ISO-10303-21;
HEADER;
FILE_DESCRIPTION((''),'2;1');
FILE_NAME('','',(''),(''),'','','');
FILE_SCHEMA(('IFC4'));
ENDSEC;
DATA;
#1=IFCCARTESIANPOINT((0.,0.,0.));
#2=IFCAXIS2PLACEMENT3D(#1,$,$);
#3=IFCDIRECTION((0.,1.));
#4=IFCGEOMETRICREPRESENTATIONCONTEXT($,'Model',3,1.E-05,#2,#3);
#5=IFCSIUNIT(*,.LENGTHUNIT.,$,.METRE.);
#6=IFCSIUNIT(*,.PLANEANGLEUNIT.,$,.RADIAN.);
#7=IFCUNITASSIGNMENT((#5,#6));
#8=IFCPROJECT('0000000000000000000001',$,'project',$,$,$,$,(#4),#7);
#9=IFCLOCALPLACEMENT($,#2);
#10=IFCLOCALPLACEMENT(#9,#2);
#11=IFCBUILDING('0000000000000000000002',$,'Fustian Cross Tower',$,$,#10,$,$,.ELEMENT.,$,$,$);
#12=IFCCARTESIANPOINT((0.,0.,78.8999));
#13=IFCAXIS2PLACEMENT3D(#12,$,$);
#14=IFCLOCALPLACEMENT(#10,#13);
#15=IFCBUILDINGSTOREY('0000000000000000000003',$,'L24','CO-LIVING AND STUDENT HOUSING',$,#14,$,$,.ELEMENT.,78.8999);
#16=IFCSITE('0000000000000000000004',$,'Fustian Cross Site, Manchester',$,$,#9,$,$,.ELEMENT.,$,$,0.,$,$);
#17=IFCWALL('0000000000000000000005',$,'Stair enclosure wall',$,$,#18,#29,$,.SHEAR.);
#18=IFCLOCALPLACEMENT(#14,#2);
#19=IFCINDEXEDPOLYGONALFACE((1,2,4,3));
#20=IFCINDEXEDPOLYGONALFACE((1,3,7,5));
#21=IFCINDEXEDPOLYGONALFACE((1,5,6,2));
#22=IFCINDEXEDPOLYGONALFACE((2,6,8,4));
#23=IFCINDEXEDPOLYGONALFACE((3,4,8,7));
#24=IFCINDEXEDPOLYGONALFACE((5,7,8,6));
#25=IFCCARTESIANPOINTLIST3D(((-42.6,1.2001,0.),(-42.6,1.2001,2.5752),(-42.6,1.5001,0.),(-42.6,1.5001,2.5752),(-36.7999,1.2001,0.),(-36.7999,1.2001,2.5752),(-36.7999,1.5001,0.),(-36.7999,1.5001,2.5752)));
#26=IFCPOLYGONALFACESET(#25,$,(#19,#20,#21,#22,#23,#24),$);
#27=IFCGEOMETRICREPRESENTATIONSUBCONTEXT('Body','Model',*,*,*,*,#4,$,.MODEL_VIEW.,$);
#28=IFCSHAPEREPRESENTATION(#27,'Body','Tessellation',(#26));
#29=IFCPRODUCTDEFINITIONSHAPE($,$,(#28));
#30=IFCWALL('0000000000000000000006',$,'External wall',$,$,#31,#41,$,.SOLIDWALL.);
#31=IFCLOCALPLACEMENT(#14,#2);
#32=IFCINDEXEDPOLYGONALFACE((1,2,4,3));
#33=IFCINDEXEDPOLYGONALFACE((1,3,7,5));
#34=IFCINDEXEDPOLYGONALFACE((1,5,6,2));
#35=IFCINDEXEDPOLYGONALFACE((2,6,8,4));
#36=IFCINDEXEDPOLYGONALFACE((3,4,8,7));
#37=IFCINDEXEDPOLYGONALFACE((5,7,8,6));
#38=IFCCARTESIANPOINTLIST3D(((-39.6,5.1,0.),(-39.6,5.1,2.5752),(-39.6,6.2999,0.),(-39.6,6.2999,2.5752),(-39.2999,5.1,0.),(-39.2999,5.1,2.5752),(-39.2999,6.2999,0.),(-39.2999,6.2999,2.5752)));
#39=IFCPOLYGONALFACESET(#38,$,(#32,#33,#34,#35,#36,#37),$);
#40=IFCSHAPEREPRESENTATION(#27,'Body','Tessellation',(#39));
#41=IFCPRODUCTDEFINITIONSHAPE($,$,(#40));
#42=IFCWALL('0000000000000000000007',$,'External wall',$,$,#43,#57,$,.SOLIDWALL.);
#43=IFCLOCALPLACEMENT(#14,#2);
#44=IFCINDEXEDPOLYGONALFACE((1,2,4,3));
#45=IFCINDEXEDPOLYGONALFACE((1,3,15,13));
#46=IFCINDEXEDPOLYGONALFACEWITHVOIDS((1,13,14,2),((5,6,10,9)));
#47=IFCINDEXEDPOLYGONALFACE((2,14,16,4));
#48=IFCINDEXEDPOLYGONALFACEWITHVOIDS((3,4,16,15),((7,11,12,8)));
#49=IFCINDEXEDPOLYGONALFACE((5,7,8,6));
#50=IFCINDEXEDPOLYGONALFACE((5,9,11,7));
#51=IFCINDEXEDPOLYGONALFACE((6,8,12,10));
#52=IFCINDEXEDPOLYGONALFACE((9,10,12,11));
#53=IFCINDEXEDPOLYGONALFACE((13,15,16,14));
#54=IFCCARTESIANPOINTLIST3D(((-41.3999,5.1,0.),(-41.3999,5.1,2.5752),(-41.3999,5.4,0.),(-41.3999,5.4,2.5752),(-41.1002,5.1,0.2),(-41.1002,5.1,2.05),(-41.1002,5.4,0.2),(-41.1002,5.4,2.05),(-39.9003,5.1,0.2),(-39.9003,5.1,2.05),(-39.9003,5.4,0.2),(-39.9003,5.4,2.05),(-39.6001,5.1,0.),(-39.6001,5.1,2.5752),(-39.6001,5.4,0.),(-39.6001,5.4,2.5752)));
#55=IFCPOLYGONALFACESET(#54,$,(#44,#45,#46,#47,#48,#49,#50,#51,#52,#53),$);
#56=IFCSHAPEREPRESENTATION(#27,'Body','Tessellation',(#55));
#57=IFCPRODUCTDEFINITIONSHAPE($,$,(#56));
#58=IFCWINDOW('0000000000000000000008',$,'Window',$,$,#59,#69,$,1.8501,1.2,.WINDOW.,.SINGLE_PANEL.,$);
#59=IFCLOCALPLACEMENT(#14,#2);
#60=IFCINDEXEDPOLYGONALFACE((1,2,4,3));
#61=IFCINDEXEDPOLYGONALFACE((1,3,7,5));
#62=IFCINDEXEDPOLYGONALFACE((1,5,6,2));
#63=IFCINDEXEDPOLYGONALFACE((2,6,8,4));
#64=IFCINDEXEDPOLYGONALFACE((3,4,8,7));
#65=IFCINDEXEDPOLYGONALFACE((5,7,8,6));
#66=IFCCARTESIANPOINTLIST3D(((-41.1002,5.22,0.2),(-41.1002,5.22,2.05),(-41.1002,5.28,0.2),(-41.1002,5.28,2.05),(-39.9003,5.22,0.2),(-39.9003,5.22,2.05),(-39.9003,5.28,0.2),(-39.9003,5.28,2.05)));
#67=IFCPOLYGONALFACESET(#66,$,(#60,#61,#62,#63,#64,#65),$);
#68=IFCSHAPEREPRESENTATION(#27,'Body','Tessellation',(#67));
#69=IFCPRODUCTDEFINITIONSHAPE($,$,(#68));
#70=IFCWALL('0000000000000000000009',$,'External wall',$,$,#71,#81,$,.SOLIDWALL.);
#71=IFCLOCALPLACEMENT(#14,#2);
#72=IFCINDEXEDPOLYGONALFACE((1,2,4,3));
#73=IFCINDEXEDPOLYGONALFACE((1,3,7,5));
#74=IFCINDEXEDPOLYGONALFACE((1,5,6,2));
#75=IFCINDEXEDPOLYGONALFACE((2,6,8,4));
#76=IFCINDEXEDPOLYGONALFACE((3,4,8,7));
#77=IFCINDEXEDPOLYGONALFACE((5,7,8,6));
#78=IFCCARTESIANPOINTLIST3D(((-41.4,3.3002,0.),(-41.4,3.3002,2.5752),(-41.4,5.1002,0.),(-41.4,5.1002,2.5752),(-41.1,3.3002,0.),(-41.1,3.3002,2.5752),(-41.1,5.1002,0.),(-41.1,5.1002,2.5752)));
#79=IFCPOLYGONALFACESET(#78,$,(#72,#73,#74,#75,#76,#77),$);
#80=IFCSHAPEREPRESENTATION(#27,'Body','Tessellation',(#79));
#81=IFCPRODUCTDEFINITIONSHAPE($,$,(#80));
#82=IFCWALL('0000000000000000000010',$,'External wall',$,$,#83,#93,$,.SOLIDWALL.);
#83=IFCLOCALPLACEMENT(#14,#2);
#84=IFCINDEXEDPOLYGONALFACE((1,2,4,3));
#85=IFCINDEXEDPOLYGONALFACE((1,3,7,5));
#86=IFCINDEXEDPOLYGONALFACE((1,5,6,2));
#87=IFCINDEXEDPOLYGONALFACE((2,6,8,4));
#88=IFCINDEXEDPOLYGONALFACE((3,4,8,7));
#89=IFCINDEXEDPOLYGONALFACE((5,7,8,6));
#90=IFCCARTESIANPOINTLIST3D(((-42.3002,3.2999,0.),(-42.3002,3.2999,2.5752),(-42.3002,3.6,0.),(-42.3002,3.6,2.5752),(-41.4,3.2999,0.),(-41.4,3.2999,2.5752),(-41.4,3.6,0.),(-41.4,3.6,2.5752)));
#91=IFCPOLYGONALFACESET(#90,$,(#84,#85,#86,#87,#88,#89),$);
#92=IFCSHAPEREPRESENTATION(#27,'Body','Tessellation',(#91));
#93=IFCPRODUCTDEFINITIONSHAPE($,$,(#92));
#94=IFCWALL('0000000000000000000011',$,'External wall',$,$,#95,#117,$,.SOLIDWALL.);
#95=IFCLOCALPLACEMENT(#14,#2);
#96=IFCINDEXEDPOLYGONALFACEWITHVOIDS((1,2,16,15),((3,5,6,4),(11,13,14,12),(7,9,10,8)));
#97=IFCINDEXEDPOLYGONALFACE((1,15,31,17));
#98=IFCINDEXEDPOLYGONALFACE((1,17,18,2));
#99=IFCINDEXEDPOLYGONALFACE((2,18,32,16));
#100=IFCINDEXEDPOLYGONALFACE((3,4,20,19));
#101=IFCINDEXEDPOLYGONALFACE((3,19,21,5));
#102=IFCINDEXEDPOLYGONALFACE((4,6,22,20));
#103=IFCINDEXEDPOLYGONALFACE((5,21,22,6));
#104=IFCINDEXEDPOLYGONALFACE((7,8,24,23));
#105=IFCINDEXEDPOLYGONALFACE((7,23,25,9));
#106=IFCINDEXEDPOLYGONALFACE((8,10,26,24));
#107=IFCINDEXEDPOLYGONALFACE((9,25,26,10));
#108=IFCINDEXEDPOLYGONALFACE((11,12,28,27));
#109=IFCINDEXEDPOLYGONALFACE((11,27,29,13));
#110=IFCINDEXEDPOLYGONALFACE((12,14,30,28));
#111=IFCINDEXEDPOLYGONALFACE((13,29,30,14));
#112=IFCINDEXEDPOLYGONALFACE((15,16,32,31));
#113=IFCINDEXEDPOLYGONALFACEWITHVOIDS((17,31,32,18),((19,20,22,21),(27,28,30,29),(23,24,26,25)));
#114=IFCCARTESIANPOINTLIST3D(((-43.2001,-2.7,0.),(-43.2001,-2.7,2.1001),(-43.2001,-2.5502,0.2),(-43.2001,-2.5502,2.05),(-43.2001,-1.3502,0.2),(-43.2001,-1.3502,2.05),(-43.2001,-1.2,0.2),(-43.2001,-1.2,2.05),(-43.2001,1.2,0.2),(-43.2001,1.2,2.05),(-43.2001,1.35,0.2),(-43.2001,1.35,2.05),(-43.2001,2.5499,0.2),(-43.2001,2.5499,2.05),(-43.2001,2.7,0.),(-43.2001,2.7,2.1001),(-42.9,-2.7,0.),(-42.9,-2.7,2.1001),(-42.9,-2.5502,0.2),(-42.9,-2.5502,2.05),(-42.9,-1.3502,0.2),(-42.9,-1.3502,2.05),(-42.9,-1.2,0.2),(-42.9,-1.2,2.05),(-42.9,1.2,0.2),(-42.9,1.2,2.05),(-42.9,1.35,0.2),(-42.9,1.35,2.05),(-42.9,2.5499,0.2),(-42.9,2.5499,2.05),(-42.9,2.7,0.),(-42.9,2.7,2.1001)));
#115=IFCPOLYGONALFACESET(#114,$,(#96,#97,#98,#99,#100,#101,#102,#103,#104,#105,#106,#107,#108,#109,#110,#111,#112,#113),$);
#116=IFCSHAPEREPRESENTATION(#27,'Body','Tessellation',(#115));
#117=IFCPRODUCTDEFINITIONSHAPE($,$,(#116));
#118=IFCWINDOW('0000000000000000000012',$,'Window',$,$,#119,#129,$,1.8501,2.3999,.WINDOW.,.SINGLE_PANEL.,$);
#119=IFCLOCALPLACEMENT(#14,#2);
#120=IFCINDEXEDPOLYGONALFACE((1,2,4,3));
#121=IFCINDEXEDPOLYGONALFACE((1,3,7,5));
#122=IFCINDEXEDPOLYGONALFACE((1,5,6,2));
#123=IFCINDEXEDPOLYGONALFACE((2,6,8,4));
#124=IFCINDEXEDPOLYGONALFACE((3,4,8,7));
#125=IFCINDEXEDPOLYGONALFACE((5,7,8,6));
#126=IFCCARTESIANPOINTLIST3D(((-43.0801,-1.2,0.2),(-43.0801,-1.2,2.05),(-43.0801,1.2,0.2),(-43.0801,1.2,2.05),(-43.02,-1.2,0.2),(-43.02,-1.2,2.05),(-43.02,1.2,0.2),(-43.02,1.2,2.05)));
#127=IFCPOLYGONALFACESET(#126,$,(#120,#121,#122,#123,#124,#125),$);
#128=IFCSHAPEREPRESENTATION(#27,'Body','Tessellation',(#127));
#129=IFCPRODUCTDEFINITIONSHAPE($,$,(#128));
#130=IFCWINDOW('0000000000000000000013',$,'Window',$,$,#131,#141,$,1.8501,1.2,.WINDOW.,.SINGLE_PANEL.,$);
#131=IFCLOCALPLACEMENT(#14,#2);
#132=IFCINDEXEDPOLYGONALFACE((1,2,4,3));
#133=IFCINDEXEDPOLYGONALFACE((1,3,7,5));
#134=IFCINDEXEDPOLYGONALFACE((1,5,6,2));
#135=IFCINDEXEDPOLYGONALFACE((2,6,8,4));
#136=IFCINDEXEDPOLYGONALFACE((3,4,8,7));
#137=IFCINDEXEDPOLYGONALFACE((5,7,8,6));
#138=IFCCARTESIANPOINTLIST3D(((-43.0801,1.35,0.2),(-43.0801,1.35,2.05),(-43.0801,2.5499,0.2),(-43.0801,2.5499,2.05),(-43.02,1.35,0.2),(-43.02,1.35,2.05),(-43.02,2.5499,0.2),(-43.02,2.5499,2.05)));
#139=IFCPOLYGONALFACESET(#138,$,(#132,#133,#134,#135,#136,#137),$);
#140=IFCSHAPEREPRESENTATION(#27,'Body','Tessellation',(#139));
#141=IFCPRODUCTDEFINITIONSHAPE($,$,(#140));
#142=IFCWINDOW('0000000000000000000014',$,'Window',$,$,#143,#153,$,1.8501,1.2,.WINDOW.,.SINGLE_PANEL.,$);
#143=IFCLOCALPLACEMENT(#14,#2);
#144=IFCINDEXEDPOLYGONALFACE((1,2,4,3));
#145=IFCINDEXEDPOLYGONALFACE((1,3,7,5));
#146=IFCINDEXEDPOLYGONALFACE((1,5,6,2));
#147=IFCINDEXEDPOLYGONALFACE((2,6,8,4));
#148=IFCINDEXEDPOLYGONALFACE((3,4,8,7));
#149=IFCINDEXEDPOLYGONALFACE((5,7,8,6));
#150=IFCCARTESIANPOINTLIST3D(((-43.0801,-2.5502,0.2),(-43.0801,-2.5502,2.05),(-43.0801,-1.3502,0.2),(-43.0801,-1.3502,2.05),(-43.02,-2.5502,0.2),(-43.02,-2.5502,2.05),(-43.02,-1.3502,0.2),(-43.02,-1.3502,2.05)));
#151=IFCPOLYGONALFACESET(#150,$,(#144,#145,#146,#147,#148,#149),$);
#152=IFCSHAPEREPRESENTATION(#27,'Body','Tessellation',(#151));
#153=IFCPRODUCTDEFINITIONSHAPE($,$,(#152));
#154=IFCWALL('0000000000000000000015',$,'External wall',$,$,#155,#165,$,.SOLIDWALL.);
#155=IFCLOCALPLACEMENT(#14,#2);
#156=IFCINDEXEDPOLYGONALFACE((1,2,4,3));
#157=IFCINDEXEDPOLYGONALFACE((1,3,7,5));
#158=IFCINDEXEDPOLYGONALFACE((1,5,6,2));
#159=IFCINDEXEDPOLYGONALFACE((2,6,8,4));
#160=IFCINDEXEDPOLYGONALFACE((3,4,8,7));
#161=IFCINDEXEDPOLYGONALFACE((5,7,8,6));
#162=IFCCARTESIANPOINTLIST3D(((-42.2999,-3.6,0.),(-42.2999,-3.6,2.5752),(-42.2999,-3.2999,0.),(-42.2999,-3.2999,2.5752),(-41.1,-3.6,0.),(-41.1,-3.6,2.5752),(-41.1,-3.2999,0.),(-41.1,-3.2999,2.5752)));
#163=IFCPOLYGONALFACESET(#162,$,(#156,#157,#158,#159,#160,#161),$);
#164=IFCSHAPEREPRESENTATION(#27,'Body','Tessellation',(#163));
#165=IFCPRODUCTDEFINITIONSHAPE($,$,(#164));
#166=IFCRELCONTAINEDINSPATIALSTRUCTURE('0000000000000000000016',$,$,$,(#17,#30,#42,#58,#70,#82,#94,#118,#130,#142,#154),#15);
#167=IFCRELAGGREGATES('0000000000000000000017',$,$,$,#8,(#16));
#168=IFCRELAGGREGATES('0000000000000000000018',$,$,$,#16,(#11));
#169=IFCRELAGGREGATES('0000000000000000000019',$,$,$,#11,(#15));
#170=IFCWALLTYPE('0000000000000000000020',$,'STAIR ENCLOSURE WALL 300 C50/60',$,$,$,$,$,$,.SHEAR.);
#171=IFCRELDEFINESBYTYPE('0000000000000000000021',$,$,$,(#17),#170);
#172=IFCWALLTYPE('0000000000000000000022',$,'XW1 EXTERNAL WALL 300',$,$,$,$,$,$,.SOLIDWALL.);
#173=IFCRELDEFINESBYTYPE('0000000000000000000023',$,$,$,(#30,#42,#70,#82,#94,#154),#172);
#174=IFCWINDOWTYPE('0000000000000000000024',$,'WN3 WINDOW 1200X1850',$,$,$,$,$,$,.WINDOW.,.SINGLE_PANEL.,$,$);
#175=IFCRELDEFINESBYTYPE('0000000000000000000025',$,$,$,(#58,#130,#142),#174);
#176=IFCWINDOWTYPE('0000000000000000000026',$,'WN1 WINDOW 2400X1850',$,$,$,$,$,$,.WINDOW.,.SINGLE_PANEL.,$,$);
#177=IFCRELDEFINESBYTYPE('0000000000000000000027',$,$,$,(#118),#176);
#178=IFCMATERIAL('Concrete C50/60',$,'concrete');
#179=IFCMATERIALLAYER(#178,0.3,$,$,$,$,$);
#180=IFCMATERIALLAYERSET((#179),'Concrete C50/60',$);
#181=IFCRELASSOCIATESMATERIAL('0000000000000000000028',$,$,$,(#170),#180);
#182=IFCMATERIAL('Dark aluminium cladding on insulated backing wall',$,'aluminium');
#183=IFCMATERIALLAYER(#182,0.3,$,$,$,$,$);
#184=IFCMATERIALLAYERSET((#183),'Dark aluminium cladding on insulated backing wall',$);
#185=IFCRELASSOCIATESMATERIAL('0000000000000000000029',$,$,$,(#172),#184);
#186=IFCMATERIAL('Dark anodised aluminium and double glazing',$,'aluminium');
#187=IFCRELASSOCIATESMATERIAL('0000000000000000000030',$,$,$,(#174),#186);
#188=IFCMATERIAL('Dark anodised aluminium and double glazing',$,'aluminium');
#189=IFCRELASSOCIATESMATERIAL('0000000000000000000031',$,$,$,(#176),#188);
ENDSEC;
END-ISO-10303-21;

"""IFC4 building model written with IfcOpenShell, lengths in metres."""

from ifc_helpers import new_model, si_unit, direction, frame, frame_2d, origin, place, context, subcontext, project, spatial, rectangle, extrude, material, layer, layer_set, type_object, element, fill, save


model = new_model("IFC4")

# Units and contexts
model_context = context("Model", 3, precision=1e-05, world=origin(), true_north=direction((0.0, 1.0)))
body_context = subcontext(model_context, "Body", "Model", "MODEL_VIEW")
ifc_project = project(units=[si_unit("LENGTHUNIT", "METRE"), si_unit("PLANEANGLEUNIT", "RADIAN")], contexts=[model_context])

# Site, building, storey
site_placement = place(None, origin())
site = spatial("IfcSite", under=ifc_project, at=site_placement, Name="Fustian Cross Site, Manchester", CompositionType="ELEMENT", RefElevation=0.0)
building_placement = place(site_placement, origin())
building = spatial("IfcBuilding", under=site, at=building_placement, Name="Fustian Cross Tower", CompositionType="ELEMENT")
storey_placement = place(building_placement, frame((0.0, 0.0, 78.8999)))
storey = spatial("IfcBuildingStorey", under=building, at=storey_placement, Name="L24", Description="CO-LIVING AND STUDENT HOUSING", CompositionType="ELEMENT", Elevation=78.8999)

# Walls
ifc_material_1 = material(Name="Concrete C50/60", Category="concrete")
ifc_layer_1 = layer(ifc_material_1, 0.3)
ifc_layer_set_1 = layer_set([ifc_layer_1], Name="Concrete C50/60")
wall_type_1 = type_object("IfcWallType", Name="STAIR ENCLOSURE WALL 300 C50/60", PredefinedType="SHEAR", material=ifc_layer_set_1)
for number, where, z_axis, x_axis, name in (
    (1, (-36.8, 1.3501, 0.0), (0.0, 0.0, 1.0), (-1.0, 0.0, 0.0), "Stair enclosure wall"),
):
    element("IfcWall", number, at=place(storey_placement, frame(where, z_axis=z_axis, x_axis=x_axis)), inside=storey, type_object=wall_type_1, Name=name, PredefinedType="SHEAR", context=body_context, shape_type="SweptSolid", body=[
        extrude(rectangle(XDim=5.8, YDim=0.3, at=frame_2d((2.8999, 0.0))), origin(), (0.0, 0.0, 1.0), 2.5752),
    ])
ifc_material_2 = material(Name="Dark aluminium cladding on insulated backing wall", Category="aluminium")
ifc_layer_2 = layer(ifc_material_2, 0.3)
ifc_layer_set_2 = layer_set([ifc_layer_2], Name="Dark aluminium cladding on insulated backing wall")
wall_type_2 = type_object("IfcWallType", Name="XW1 EXTERNAL WALL 300", PredefinedType="SOLIDWALL", material=ifc_layer_set_2)
wall_1_placement = place(storey_placement, frame((-39.45, 6.3, 0.0), z_axis=(0.0, 0.0, 1.0), x_axis=(0.0, -1.0, 0.0)))
element("IfcWall", 2, at=wall_1_placement, inside=storey, type_object=wall_type_2, Name="External wall", PredefinedType="SOLIDWALL", context=body_context, shape_type="SweptSolid", body=[
    extrude(rectangle(XDim=1.2, YDim=0.3, at=frame_2d((0.6001, 0.0))), origin(), (0.0, 0.0, 1.0), 2.5752),
])

# Wall, opening, window
wall_2_placement = place(storey_placement, frame((-39.6001, 5.25, 0.0), z_axis=(0.0, 0.0, 1.0), x_axis=(-1.0, 0.0, 0.0)))
wall_2 = element("IfcWall", 3, at=wall_2_placement, inside=storey, type_object=wall_type_2, Name="External wall", PredefinedType="SOLIDWALL", context=body_context, shape_type="SweptSolid", body=[
    extrude(rectangle(XDim=1.7998, YDim=0.3, at=frame_2d((0.8999, 0.0))), origin(), (0.0, 0.0, 1.0), 2.5752),
])
opening_1_placement = place(wall_2_placement, frame((0.3, 0.0, 0.2)))
opening_1 = element("IfcOpeningElement", 4, at=opening_1_placement, cuts=wall_2, PredefinedType="OPENING", context=body_context, shape_type="SweptSolid", body=[
    extrude(rectangle(XDim=1.2, YDim=1.8501, at=frame_2d((0.6001, 0.925))), frame((0.0, 0.1599, 0.0), z_axis=(0.0, -1.0, 0.0), x_axis=(1.0, 0.0, 0.0)), (0.0, 0.0, 1.0), 0.3201),
])
ifc_material_3 = material(Name="Dark anodised aluminium and double glazing", Category="aluminium")
window_type_1 = type_object("IfcWindowType", Name="WN3 WINDOW 1200X1850", PartitioningType="SINGLE_PANEL", PredefinedType="WINDOW", material=ifc_material_3)
window_1_placement = place(opening_1_placement, origin())
window_1 = element("IfcWindow", 5, at=window_1_placement, inside=storey, type_object=window_type_1, Name="Window", OverallHeight=1.8501, OverallWidth=1.2, PartitioningType="SINGLE_PANEL", PredefinedType="WINDOW", context=body_context, shape_type="SweptSolid", body=[
    extrude(rectangle(XDim=1.2, YDim=1.8501, at=frame_2d((0.6001, 0.925))), frame((0.0, 0.03, 0.0), z_axis=(0.0, -1.0, 0.0), x_axis=(1.0, 0.0, 0.0)), (0.0, 0.0, 1.0), 0.0601),
])
fill(opening_1, window_1)

# Walls
wall_3_placement = place(storey_placement, frame((-41.25, 5.1001, 0.0), z_axis=(0.0, 0.0, 1.0), x_axis=(0.0, -1.0, 0.0)))
element("IfcWall", 6, at=wall_3_placement, inside=storey, type_object=wall_type_2, Name="External wall", PredefinedType="SOLIDWALL", context=body_context, shape_type="SweptSolid", body=[
    extrude(rectangle(XDim=1.8, YDim=0.3, at=frame_2d((0.8999, 0.0))), origin(), (0.0, 0.0, 1.0), 2.5752),
])
wall_4_placement = place(storey_placement, frame((-41.3999, 3.45, 0.0), z_axis=(0.0, 0.0, 1.0), x_axis=(-1.0, 0.0, 0.0)))
element("IfcWall", 7, at=wall_4_placement, inside=storey, type_object=wall_type_2, Name="External wall", PredefinedType="SOLIDWALL", context=body_context, shape_type="SweptSolid", body=[
    extrude(rectangle(XDim=0.9001, YDim=0.3, at=frame_2d((0.4502, 0.0))), origin(), (0.0, 0.0, 1.0), 2.5752),
])

# Wall, openings, windows
wall_5_placement = place(storey_placement, frame((-43.05, 2.7, 0.0), z_axis=(0.0, 0.0, 1.0), x_axis=(0.0, -1.0, 0.0)))
wall_5 = element("IfcWall", 8, at=wall_5_placement, inside=storey, type_object=wall_type_2, Name="External wall", PredefinedType="SOLIDWALL", context=body_context, shape_type="SweptSolid", body=[
    extrude(rectangle(XDim=5.3999, YDim=0.3, at=frame_2d((2.7, 0.0))), origin(), (0.0, 0.0, 1.0), 2.1001),
])
opening_2_placement = place(wall_5_placement, frame((1.5, 0.0, 0.2)))
opening_2 = element("IfcOpeningElement", 9, at=opening_2_placement, cuts=wall_5, PredefinedType="OPENING", context=body_context, shape_type="SweptSolid", body=[
    extrude(rectangle(XDim=2.3999, YDim=1.8501, at=frame_2d((1.2, 0.925))), frame((0.0, 0.1599, 0.0), z_axis=(0.0, -1.0, 0.0), x_axis=(1.0, 0.0, 0.0)), (0.0, 0.0, 1.0), 0.3201),
])
opening_3_placement = place(wall_5_placement, frame((0.1499, 0.0, 0.2)))
opening_3 = element("IfcOpeningElement", 10, at=opening_3_placement, cuts=wall_5, PredefinedType="OPENING", context=body_context, shape_type="SweptSolid", body=[
    extrude(rectangle(XDim=1.2, YDim=1.8501, at=frame_2d((0.6001, 0.925))), frame((0.0, 0.1599, 0.0), z_axis=(0.0, -1.0, 0.0), x_axis=(1.0, 0.0, 0.0)), (0.0, 0.0, 1.0), 0.3201),
])
opening_4_placement = place(wall_5_placement, frame((4.05, 0.0, 0.2)))
opening_4 = element("IfcOpeningElement", 11, at=opening_4_placement, cuts=wall_5, PredefinedType="OPENING", context=body_context, shape_type="SweptSolid", body=[
    extrude(rectangle(XDim=1.2, YDim=1.8501, at=frame_2d((0.6001, 0.925))), frame((0.0, 0.1599, 0.0), z_axis=(0.0, -1.0, 0.0), x_axis=(1.0, 0.0, 0.0)), (0.0, 0.0, 1.0), 0.3201),
])
ifc_material_4 = material(Name="Dark anodised aluminium and double glazing", Category="aluminium")
window_type_2 = type_object("IfcWindowType", Name="WN1 WINDOW 2400X1850", PartitioningType="SINGLE_PANEL", PredefinedType="WINDOW", material=ifc_material_4)
window_2_placement = place(opening_2_placement, origin())
window_2 = element("IfcWindow", 12, at=window_2_placement, inside=storey, type_object=window_type_2, Name="Window", OverallHeight=1.8501, OverallWidth=2.3999, PartitioningType="SINGLE_PANEL", PredefinedType="WINDOW", context=body_context, shape_type="SweptSolid", body=[
    extrude(rectangle(XDim=2.3999, YDim=1.8501, at=frame_2d((1.2, 0.925))), frame((0.0, 0.03, 0.0), z_axis=(0.0, -1.0, 0.0), x_axis=(1.0, 0.0, 0.0)), (0.0, 0.0, 1.0), 0.0601),
])
fill(opening_2, window_2)
window_3_placement = place(opening_3_placement, origin())
window_3 = element("IfcWindow", 13, at=window_3_placement, inside=storey, type_object=window_type_1, Name="Window", OverallHeight=1.8501, OverallWidth=1.2, PartitioningType="SINGLE_PANEL", PredefinedType="WINDOW", context=body_context, shape_type="SweptSolid", body=[
    extrude(rectangle(XDim=1.2, YDim=1.8501, at=frame_2d((0.6001, 0.925))), frame((0.0, 0.03, 0.0), z_axis=(0.0, -1.0, 0.0), x_axis=(1.0, 0.0, 0.0)), (0.0, 0.0, 1.0), 0.0601),
])
fill(opening_3, window_3)
window_4_placement = place(opening_4_placement, origin())
window_4 = element("IfcWindow", 14, at=window_4_placement, inside=storey, type_object=window_type_1, Name="Window", OverallHeight=1.8501, OverallWidth=1.2, PartitioningType="SINGLE_PANEL", PredefinedType="WINDOW", context=body_context, shape_type="SweptSolid", body=[
    extrude(rectangle(XDim=1.2, YDim=1.8501, at=frame_2d((0.6001, 0.925))), frame((0.0, 0.03, 0.0), z_axis=(0.0, -1.0, 0.0), x_axis=(1.0, 0.0, 0.0)), (0.0, 0.0, 1.0), 0.0601),
])
fill(opening_4, window_4)

# Wall
wall_6_placement = place(storey_placement, frame((-42.3, -3.45, 0.0), z_axis=(0.0, 0.0, 1.0), x_axis=(1.0, 0.0, 0.0)))
element("IfcWall", 15, at=wall_6_placement, inside=storey, type_object=wall_type_2, Name="External wall", PredefinedType="SOLIDWALL", context=body_context, shape_type="SweptSolid", body=[
    extrude(rectangle(XDim=1.2, YDim=0.3, at=frame_2d((0.6001, 0.0))), origin(), (0.0, 0.0, 1.0), 2.5752),
])

save(model, "model.ifc")
